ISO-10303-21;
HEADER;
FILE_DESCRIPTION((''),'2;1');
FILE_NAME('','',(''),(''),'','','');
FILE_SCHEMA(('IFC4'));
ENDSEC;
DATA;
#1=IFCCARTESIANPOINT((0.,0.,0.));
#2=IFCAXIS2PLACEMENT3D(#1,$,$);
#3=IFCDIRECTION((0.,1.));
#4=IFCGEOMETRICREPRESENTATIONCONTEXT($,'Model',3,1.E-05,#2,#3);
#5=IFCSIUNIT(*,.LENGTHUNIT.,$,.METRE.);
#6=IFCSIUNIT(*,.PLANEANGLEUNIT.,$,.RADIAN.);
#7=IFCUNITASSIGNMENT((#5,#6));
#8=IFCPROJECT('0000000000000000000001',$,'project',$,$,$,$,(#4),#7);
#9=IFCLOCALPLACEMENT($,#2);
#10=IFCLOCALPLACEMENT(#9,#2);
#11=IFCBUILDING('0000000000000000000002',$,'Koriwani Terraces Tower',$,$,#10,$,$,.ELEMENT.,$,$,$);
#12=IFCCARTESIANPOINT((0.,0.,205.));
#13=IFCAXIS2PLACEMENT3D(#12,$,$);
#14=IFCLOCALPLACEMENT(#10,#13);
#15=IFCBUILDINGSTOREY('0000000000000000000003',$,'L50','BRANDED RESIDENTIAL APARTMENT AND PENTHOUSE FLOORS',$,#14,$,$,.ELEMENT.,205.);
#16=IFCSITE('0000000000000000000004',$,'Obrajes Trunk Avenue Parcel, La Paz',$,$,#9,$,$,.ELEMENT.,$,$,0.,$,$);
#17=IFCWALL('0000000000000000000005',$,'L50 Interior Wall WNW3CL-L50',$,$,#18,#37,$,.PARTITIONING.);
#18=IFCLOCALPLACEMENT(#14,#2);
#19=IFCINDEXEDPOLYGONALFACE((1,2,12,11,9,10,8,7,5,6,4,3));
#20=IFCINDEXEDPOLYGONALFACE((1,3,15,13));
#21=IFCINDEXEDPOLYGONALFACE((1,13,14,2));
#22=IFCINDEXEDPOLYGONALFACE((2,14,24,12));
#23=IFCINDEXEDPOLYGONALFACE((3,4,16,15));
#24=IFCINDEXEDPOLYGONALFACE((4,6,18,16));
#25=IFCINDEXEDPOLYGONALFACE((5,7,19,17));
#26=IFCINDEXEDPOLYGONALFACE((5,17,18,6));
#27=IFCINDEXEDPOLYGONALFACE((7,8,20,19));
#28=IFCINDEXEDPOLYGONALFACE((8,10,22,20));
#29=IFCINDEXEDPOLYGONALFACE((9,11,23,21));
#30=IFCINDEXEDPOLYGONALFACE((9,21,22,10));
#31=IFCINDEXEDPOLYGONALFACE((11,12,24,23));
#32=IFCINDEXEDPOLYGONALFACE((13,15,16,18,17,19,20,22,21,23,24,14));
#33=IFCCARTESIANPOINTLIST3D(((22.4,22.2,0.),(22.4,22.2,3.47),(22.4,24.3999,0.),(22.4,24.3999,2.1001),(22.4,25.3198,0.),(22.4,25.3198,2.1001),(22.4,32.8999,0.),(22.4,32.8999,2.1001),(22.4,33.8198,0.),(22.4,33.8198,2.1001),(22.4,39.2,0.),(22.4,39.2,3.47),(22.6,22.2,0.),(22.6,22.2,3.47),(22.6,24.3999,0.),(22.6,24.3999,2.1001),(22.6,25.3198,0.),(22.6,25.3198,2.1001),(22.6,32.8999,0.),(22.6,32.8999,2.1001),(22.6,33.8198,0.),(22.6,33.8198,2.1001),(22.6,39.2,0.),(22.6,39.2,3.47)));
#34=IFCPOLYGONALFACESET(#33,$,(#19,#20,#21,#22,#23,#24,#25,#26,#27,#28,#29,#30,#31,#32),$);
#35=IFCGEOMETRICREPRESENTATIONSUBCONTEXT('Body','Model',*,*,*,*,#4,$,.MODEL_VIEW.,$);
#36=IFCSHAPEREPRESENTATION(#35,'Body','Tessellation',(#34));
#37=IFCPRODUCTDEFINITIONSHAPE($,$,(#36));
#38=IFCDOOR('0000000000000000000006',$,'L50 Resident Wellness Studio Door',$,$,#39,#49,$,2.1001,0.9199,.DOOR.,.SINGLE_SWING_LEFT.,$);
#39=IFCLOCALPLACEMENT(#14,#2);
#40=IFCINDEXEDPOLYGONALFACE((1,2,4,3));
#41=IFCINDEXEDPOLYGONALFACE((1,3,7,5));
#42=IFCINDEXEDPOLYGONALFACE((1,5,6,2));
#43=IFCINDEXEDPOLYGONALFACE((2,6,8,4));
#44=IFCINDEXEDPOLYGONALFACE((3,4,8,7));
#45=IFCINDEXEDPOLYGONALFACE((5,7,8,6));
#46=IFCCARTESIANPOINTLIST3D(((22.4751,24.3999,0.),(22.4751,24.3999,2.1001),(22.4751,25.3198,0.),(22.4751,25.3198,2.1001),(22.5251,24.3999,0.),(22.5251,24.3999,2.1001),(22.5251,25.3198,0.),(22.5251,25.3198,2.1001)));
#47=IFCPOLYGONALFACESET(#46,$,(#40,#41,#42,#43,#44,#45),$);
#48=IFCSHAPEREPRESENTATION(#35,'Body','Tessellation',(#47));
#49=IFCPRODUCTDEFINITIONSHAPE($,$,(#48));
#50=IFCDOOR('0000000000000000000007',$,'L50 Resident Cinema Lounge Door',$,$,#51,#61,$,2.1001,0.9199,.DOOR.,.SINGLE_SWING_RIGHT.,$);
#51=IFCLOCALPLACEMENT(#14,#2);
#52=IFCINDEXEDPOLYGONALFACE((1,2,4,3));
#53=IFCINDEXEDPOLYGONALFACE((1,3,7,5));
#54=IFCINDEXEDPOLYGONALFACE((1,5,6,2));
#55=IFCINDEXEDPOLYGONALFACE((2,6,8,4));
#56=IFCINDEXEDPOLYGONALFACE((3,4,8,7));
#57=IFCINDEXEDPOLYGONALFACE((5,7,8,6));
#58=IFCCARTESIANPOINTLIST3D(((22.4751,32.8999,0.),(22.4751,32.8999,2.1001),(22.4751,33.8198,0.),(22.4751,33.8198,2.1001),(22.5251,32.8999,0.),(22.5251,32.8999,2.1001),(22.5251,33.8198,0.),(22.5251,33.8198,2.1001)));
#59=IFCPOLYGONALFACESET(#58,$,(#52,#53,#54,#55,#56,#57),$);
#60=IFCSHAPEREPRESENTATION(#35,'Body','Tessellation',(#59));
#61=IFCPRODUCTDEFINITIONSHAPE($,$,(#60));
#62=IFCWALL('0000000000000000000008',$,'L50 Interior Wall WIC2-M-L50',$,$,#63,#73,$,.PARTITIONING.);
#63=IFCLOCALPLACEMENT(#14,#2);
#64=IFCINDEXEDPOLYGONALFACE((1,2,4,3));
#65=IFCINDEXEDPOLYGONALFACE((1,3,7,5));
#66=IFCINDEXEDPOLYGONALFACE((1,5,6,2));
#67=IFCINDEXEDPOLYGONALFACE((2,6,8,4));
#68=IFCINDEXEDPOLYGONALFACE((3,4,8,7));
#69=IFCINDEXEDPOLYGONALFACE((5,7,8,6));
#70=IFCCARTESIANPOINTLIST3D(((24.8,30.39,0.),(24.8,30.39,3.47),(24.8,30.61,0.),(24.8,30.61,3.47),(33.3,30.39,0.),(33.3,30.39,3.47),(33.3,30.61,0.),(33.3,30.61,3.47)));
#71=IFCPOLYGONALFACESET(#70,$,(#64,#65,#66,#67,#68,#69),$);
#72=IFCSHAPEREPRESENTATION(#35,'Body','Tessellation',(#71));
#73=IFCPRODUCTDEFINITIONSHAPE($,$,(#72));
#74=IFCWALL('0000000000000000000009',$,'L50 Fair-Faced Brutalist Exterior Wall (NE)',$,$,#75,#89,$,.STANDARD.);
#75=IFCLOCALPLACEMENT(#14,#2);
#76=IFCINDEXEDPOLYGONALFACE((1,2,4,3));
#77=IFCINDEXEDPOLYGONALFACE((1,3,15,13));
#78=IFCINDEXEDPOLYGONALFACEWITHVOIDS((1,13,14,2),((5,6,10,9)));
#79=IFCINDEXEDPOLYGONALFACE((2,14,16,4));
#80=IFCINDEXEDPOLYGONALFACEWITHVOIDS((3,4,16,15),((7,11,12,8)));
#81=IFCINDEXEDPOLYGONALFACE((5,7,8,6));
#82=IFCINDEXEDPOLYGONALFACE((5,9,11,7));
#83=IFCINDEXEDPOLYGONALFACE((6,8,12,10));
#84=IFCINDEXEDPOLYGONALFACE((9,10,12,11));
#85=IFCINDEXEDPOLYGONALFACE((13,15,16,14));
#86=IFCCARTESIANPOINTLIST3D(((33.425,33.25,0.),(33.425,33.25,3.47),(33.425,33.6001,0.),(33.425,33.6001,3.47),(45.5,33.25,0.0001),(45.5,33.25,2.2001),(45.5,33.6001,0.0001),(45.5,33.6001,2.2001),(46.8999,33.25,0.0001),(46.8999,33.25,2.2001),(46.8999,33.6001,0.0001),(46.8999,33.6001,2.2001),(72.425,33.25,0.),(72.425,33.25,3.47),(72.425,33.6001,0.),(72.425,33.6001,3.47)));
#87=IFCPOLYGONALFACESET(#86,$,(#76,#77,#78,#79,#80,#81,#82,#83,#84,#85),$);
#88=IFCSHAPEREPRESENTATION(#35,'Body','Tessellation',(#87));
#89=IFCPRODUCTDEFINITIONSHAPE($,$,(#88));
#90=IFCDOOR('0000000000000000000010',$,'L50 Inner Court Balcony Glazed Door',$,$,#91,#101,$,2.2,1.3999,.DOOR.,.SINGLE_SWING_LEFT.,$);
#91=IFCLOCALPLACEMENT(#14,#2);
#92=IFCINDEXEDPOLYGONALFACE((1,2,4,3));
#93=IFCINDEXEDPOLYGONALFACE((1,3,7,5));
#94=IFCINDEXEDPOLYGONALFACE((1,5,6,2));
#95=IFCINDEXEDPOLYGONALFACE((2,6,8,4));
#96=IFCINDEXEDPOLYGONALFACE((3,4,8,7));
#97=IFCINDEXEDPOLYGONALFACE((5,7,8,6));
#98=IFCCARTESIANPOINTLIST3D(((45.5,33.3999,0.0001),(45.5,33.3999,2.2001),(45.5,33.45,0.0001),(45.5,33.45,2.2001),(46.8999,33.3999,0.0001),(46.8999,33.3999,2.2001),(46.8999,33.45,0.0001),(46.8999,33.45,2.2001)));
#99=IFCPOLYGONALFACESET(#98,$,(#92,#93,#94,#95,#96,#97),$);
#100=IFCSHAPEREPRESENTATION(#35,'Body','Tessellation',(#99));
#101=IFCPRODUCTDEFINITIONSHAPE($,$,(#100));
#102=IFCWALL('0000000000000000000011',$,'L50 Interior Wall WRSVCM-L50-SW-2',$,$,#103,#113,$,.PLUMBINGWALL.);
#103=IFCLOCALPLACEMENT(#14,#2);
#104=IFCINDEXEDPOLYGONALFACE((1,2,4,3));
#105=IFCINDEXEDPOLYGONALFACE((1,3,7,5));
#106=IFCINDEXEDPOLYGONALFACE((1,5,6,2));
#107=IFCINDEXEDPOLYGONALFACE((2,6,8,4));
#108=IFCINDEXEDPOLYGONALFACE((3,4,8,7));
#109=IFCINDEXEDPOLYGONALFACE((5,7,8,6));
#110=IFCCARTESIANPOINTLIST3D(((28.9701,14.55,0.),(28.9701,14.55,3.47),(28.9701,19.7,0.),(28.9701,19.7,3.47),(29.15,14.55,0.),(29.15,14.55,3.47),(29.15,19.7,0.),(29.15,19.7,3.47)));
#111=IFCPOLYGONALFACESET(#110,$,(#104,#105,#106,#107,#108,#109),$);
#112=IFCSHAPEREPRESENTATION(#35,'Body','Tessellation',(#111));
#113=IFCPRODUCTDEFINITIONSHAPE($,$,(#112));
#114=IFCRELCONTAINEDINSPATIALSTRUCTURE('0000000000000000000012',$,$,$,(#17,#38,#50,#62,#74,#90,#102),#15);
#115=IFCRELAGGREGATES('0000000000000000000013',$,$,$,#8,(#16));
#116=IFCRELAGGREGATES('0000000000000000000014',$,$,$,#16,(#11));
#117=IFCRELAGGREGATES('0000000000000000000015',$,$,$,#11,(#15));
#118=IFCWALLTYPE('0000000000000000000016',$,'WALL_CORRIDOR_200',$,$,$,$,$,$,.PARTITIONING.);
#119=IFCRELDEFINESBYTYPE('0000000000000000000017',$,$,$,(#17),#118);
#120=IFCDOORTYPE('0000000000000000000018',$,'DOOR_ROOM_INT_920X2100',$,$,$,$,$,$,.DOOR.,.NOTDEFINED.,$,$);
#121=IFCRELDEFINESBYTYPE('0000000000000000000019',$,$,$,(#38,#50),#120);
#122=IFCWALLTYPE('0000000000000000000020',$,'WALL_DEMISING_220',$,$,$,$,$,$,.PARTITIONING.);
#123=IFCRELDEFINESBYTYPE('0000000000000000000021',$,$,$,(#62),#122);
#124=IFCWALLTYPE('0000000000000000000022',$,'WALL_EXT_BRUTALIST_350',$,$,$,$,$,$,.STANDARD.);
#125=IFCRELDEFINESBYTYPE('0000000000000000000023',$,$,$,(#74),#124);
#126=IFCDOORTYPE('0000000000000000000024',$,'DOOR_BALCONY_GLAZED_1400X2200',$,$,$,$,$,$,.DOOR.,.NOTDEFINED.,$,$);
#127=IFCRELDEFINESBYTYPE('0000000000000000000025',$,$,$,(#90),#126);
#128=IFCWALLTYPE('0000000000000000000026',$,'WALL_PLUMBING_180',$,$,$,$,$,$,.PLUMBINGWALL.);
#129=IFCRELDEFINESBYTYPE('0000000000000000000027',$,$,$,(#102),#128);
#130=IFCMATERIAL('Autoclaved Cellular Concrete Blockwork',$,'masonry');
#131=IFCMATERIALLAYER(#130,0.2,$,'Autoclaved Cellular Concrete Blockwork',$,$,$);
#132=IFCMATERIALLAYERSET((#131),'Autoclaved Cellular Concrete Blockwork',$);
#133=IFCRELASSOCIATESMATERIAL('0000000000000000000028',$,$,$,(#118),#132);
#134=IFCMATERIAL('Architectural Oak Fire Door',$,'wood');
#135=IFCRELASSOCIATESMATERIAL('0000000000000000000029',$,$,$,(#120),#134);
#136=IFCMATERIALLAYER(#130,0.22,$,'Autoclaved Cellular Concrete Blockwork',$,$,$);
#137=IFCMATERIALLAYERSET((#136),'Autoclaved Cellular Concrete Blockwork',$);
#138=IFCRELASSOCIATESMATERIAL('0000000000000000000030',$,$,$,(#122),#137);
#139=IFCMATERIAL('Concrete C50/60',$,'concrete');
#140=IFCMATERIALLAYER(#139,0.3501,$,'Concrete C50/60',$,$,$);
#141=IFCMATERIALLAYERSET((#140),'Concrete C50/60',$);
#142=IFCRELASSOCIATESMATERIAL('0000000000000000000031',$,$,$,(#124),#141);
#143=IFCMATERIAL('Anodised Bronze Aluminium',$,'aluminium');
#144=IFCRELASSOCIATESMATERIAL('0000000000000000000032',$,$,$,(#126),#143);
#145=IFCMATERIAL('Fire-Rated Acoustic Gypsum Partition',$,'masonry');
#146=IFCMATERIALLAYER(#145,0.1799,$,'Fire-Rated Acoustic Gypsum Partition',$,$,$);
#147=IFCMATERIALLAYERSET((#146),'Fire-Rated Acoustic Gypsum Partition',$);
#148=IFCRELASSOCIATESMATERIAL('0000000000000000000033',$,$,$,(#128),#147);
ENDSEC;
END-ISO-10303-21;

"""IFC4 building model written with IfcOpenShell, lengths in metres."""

from ifc_helpers import new_model, si_unit, direction, frame, frame_2d, origin, place, context, subcontext, project, spatial, rectangle, extrude, material, layer, layer_set, type_object, element, fill, save


model = new_model("IFC4")

# Units and contexts
model_context = context("Model", 3, precision=1e-05, world=origin(), true_north=direction((0.0, 1.0)))
body_context = subcontext(model_context, "Body", "Model", "MODEL_VIEW")
ifc_project = project(units=[si_unit("LENGTHUNIT", "METRE"), si_unit("PLANEANGLEUNIT", "RADIAN")], contexts=[model_context])

# Site, building, storey
site_placement = place(None, origin())
site = spatial("IfcSite", under=ifc_project, at=site_placement, Name="Obrajes Trunk Avenue Parcel, La Paz", CompositionType="ELEMENT", RefElevation=0.0)
building_placement = place(site_placement, origin())
building = spatial("IfcBuilding", under=site, at=building_placement, Name="Koriwani Terraces Tower", CompositionType="ELEMENT")
storey_placement = place(building_placement, frame((0.0, 0.0, 205.0)))
storey = spatial("IfcBuildingStorey", under=building, at=storey_placement, Name="L50", Description="BRANDED RESIDENTIAL APARTMENT AND PENTHOUSE FLOORS", CompositionType="ELEMENT", Elevation=205.0)

# Shared definitions
ifc_material_1 = material(Name="Concrete C50/60", Category="concrete")

# Shared definitions
ifc_material_2 = material(Name="Autoclaved Cellular Concrete Blockwork", Category="masonry")
ifc_layer_1 = layer(ifc_material_2, 0.2, Name="Autoclaved Cellular Concrete Blockwork")
ifc_layer_set_1 = layer_set([ifc_layer_1], Name="Autoclaved Cellular Concrete Blockwork")
wall_type_1 = type_object("IfcWallType", Name="WALL_CORRIDOR_200", PredefinedType="PARTITIONING", material=ifc_layer_set_1)
ifc_material_3 = material(Name="Architectural Oak Fire Door", Category="wood")
door_type_1 = type_object("IfcDoorType", Name="DOOR_ROOM_INT_920X2100", OperationType="NOTDEFINED", PredefinedType="DOOR", material=ifc_material_3)

# Wall, openings, doors
wall_1_placement = place(storey_placement, frame((22.5, 22.2, 0.0), z_axis=(0.0, 0.0, 1.0), x_axis=(0.0, 1.0, 0.0)))
wall_1 = element("IfcWall", 1, at=wall_1_placement, inside=storey, type_object=wall_type_1, Name="L50 Interior Wall WNW3CL-L50", PredefinedType="PARTITIONING", context=body_context, shape_type="SweptSolid", body=[
    extrude(rectangle(XDim=17.0, YDim=0.2, at=frame_2d((8.5, 0.0))), origin(), (0.0, 0.0, 1.0), 3.47),
])
opening_1_placement = place(wall_1_placement, frame((2.2, 0.0, 0.0)))
opening_1 = element("IfcOpeningElement", 2, at=opening_1_placement, cuts=wall_1, PredefinedType="OPENING", context=body_context, shape_type="SweptSolid", body=[
    extrude(rectangle(XDim=0.9199, YDim=2.1001, at=frame_2d((0.46, 1.05))), frame((0.0, 0.1099, 0.0), z_axis=(0.0, -1.0, 0.0), x_axis=(1.0, 0.0, 0.0)), (0.0, 0.0, 1.0), 0.22),
])
opening_2_placement = place(wall_1_placement, frame((10.7, 0.0, 0.0)))
opening_2 = element("IfcOpeningElement", 3, at=opening_2_placement, cuts=wall_1, PredefinedType="OPENING", context=body_context, shape_type="SweptSolid", body=[
    extrude(rectangle(XDim=0.9199, YDim=2.1001, at=frame_2d((0.46, 1.05))), frame((0.0, 0.1099, 0.0), z_axis=(0.0, -1.0, 0.0), x_axis=(1.0, 0.0, 0.0)), (0.0, 0.0, 1.0), 0.22),
])
door_1_placement = place(opening_1_placement, origin())
door_1 = element("IfcDoor", 4, at=door_1_placement, inside=storey, type_object=door_type_1, Name="L50 Resident Wellness Studio Door", OperationType="SINGLE_SWING_LEFT", OverallHeight=2.1001, OverallWidth=0.9199, PredefinedType="DOOR", context=body_context, shape_type="SweptSolid", body=[
    extrude(rectangle(XDim=0.9199, YDim=2.1001, at=frame_2d((0.46, 1.05))), frame((0.0, 0.0249, 0.0), z_axis=(0.0, -1.0, 0.0), x_axis=(1.0, 0.0, 0.0)), (0.0, 0.0, 1.0), 0.05),
])
fill(opening_1, door_1)
door_2_placement = place(opening_2_placement, origin())
door_2 = element("IfcDoor", 5, at=door_2_placement, inside=storey, type_object=door_type_1, Name="L50 Resident Cinema Lounge Door", OperationType="SINGLE_SWING_RIGHT", OverallHeight=2.1001, OverallWidth=0.9199, PredefinedType="DOOR", context=body_context, shape_type="SweptSolid", body=[
    extrude(rectangle(XDim=0.9199, YDim=2.1001, at=frame_2d((0.46, 1.05))), frame((0.0, 0.0249, 0.0), z_axis=(0.0, -1.0, 0.0), x_axis=(1.0, 0.0, 0.0)), (0.0, 0.0, 1.0), 0.05),
])
fill(opening_2, door_2)

# Wall
ifc_layer_2 = layer(ifc_material_2, 0.22, Name="Autoclaved Cellular Concrete Blockwork")
ifc_layer_set_2 = layer_set([ifc_layer_2], Name="Autoclaved Cellular Concrete Blockwork")
wall_type_2 = type_object("IfcWallType", Name="WALL_DEMISING_220", PredefinedType="PARTITIONING", material=ifc_layer_set_2)
wall_2_placement = place(storey_placement, frame((24.8, 30.5, 0.0), z_axis=(0.0, 0.0, 1.0), x_axis=(1.0, 0.0, 0.0)))
element("IfcWall", 6, at=wall_2_placement, inside=storey, type_object=wall_type_2, Name="L50 Interior Wall WIC2-M-L50", PredefinedType="PARTITIONING", context=body_context, shape_type="SweptSolid", body=[
    extrude(rectangle(XDim=8.5, YDim=0.22, at=frame_2d((4.25, 0.0))), origin(), (0.0, 0.0, 1.0), 3.47),
])

# Wall, opening, door
ifc_layer_3 = layer(ifc_material_1, 0.3501, Name="Concrete C50/60")
ifc_layer_set_3 = layer_set([ifc_layer_3], Name="Concrete C50/60")
wall_type_3 = type_object("IfcWallType", Name="WALL_EXT_BRUTALIST_350", PredefinedType="STANDARD", material=ifc_layer_set_3)
wall_3_placement = place(storey_placement, frame((33.425, 33.425, 0.0), z_axis=(0.0, 0.0, 1.0), x_axis=(1.0, 0.0, 0.0)))
wall_3 = element("IfcWall", 7, at=wall_3_placement, inside=storey, type_object=wall_type_3, Name="L50 Fair-Faced Brutalist Exterior Wall (NE)", PredefinedType="STANDARD", context=body_context, shape_type="SweptSolid", body=[
    extrude(rectangle(XDim=39.0, YDim=0.3501, at=frame_2d((19.5, 0.0))), origin(), (0.0, 0.0, 1.0), 3.47),
])
opening_3_placement = place(wall_3_placement, frame((12.075, 0.0, 0.0)))
opening_3 = element("IfcOpeningElement", 8, at=opening_3_placement, cuts=wall_3, PredefinedType="OPENING", context=body_context, shape_type="SweptSolid", body=[
    extrude(rectangle(XDim=1.3999, YDim=2.2, at=frame_2d((0.7, 1.1001))), frame((0.0, 0.1851, 0.0), z_axis=(0.0, -1.0, 0.0), x_axis=(1.0, 0.0, 0.0)), (0.0, 0.0, 1.0), 0.3701),
])
ifc_material_4 = material(Name="Anodised Bronze Aluminium", Category="aluminium")
door_type_2 = type_object("IfcDoorType", Name="DOOR_BALCONY_GLAZED_1400X2200", OperationType="NOTDEFINED", PredefinedType="DOOR", material=ifc_material_4)
door_3_placement = place(opening_3_placement, origin())
door_3 = element("IfcDoor", 9, at=door_3_placement, inside=storey, type_object=door_type_2, Name="L50 Inner Court Balcony Glazed Door", OperationType="SINGLE_SWING_LEFT", OverallHeight=2.2, OverallWidth=1.3999, PredefinedType="DOOR", context=body_context, shape_type="SweptSolid", body=[
    extrude(rectangle(XDim=1.3999, YDim=2.2, at=frame_2d((0.7, 1.1001))), frame((0.0, 0.0249, 0.0), z_axis=(0.0, -1.0, 0.0), x_axis=(1.0, 0.0, 0.0)), (0.0, 0.0, 1.0), 0.05),
])
fill(opening_3, door_3)

# Wall
ifc_material_5 = material(Name="Fire-Rated Acoustic Gypsum Partition", Category="masonry")
ifc_layer_4 = layer(ifc_material_5, 0.1799, Name="Fire-Rated Acoustic Gypsum Partition")
ifc_layer_set_4 = layer_set([ifc_layer_4], Name="Fire-Rated Acoustic Gypsum Partition")
wall_type_4 = type_object("IfcWallType", Name="WALL_PLUMBING_180", PredefinedType="PLUMBINGWALL", material=ifc_layer_set_4)
wall_4_placement = place(storey_placement, frame((29.0601, 14.55, 0.0), z_axis=(0.0, 0.0, 1.0), x_axis=(0.0, 1.0, 0.0)))
element("IfcWall", 10, at=wall_4_placement, inside=storey, type_object=wall_type_4, Name="L50 Interior Wall WRSVCM-L50-SW-2", PredefinedType="PLUMBINGWALL", context=body_context, shape_type="SweptSolid", body=[
    extrude(rectangle(XDim=5.1499, YDim=0.1799, at=frame_2d((2.575, 0.0))), origin(), (0.0, 0.0, 1.0), 3.47),
])

save(model, "model.ifc")
